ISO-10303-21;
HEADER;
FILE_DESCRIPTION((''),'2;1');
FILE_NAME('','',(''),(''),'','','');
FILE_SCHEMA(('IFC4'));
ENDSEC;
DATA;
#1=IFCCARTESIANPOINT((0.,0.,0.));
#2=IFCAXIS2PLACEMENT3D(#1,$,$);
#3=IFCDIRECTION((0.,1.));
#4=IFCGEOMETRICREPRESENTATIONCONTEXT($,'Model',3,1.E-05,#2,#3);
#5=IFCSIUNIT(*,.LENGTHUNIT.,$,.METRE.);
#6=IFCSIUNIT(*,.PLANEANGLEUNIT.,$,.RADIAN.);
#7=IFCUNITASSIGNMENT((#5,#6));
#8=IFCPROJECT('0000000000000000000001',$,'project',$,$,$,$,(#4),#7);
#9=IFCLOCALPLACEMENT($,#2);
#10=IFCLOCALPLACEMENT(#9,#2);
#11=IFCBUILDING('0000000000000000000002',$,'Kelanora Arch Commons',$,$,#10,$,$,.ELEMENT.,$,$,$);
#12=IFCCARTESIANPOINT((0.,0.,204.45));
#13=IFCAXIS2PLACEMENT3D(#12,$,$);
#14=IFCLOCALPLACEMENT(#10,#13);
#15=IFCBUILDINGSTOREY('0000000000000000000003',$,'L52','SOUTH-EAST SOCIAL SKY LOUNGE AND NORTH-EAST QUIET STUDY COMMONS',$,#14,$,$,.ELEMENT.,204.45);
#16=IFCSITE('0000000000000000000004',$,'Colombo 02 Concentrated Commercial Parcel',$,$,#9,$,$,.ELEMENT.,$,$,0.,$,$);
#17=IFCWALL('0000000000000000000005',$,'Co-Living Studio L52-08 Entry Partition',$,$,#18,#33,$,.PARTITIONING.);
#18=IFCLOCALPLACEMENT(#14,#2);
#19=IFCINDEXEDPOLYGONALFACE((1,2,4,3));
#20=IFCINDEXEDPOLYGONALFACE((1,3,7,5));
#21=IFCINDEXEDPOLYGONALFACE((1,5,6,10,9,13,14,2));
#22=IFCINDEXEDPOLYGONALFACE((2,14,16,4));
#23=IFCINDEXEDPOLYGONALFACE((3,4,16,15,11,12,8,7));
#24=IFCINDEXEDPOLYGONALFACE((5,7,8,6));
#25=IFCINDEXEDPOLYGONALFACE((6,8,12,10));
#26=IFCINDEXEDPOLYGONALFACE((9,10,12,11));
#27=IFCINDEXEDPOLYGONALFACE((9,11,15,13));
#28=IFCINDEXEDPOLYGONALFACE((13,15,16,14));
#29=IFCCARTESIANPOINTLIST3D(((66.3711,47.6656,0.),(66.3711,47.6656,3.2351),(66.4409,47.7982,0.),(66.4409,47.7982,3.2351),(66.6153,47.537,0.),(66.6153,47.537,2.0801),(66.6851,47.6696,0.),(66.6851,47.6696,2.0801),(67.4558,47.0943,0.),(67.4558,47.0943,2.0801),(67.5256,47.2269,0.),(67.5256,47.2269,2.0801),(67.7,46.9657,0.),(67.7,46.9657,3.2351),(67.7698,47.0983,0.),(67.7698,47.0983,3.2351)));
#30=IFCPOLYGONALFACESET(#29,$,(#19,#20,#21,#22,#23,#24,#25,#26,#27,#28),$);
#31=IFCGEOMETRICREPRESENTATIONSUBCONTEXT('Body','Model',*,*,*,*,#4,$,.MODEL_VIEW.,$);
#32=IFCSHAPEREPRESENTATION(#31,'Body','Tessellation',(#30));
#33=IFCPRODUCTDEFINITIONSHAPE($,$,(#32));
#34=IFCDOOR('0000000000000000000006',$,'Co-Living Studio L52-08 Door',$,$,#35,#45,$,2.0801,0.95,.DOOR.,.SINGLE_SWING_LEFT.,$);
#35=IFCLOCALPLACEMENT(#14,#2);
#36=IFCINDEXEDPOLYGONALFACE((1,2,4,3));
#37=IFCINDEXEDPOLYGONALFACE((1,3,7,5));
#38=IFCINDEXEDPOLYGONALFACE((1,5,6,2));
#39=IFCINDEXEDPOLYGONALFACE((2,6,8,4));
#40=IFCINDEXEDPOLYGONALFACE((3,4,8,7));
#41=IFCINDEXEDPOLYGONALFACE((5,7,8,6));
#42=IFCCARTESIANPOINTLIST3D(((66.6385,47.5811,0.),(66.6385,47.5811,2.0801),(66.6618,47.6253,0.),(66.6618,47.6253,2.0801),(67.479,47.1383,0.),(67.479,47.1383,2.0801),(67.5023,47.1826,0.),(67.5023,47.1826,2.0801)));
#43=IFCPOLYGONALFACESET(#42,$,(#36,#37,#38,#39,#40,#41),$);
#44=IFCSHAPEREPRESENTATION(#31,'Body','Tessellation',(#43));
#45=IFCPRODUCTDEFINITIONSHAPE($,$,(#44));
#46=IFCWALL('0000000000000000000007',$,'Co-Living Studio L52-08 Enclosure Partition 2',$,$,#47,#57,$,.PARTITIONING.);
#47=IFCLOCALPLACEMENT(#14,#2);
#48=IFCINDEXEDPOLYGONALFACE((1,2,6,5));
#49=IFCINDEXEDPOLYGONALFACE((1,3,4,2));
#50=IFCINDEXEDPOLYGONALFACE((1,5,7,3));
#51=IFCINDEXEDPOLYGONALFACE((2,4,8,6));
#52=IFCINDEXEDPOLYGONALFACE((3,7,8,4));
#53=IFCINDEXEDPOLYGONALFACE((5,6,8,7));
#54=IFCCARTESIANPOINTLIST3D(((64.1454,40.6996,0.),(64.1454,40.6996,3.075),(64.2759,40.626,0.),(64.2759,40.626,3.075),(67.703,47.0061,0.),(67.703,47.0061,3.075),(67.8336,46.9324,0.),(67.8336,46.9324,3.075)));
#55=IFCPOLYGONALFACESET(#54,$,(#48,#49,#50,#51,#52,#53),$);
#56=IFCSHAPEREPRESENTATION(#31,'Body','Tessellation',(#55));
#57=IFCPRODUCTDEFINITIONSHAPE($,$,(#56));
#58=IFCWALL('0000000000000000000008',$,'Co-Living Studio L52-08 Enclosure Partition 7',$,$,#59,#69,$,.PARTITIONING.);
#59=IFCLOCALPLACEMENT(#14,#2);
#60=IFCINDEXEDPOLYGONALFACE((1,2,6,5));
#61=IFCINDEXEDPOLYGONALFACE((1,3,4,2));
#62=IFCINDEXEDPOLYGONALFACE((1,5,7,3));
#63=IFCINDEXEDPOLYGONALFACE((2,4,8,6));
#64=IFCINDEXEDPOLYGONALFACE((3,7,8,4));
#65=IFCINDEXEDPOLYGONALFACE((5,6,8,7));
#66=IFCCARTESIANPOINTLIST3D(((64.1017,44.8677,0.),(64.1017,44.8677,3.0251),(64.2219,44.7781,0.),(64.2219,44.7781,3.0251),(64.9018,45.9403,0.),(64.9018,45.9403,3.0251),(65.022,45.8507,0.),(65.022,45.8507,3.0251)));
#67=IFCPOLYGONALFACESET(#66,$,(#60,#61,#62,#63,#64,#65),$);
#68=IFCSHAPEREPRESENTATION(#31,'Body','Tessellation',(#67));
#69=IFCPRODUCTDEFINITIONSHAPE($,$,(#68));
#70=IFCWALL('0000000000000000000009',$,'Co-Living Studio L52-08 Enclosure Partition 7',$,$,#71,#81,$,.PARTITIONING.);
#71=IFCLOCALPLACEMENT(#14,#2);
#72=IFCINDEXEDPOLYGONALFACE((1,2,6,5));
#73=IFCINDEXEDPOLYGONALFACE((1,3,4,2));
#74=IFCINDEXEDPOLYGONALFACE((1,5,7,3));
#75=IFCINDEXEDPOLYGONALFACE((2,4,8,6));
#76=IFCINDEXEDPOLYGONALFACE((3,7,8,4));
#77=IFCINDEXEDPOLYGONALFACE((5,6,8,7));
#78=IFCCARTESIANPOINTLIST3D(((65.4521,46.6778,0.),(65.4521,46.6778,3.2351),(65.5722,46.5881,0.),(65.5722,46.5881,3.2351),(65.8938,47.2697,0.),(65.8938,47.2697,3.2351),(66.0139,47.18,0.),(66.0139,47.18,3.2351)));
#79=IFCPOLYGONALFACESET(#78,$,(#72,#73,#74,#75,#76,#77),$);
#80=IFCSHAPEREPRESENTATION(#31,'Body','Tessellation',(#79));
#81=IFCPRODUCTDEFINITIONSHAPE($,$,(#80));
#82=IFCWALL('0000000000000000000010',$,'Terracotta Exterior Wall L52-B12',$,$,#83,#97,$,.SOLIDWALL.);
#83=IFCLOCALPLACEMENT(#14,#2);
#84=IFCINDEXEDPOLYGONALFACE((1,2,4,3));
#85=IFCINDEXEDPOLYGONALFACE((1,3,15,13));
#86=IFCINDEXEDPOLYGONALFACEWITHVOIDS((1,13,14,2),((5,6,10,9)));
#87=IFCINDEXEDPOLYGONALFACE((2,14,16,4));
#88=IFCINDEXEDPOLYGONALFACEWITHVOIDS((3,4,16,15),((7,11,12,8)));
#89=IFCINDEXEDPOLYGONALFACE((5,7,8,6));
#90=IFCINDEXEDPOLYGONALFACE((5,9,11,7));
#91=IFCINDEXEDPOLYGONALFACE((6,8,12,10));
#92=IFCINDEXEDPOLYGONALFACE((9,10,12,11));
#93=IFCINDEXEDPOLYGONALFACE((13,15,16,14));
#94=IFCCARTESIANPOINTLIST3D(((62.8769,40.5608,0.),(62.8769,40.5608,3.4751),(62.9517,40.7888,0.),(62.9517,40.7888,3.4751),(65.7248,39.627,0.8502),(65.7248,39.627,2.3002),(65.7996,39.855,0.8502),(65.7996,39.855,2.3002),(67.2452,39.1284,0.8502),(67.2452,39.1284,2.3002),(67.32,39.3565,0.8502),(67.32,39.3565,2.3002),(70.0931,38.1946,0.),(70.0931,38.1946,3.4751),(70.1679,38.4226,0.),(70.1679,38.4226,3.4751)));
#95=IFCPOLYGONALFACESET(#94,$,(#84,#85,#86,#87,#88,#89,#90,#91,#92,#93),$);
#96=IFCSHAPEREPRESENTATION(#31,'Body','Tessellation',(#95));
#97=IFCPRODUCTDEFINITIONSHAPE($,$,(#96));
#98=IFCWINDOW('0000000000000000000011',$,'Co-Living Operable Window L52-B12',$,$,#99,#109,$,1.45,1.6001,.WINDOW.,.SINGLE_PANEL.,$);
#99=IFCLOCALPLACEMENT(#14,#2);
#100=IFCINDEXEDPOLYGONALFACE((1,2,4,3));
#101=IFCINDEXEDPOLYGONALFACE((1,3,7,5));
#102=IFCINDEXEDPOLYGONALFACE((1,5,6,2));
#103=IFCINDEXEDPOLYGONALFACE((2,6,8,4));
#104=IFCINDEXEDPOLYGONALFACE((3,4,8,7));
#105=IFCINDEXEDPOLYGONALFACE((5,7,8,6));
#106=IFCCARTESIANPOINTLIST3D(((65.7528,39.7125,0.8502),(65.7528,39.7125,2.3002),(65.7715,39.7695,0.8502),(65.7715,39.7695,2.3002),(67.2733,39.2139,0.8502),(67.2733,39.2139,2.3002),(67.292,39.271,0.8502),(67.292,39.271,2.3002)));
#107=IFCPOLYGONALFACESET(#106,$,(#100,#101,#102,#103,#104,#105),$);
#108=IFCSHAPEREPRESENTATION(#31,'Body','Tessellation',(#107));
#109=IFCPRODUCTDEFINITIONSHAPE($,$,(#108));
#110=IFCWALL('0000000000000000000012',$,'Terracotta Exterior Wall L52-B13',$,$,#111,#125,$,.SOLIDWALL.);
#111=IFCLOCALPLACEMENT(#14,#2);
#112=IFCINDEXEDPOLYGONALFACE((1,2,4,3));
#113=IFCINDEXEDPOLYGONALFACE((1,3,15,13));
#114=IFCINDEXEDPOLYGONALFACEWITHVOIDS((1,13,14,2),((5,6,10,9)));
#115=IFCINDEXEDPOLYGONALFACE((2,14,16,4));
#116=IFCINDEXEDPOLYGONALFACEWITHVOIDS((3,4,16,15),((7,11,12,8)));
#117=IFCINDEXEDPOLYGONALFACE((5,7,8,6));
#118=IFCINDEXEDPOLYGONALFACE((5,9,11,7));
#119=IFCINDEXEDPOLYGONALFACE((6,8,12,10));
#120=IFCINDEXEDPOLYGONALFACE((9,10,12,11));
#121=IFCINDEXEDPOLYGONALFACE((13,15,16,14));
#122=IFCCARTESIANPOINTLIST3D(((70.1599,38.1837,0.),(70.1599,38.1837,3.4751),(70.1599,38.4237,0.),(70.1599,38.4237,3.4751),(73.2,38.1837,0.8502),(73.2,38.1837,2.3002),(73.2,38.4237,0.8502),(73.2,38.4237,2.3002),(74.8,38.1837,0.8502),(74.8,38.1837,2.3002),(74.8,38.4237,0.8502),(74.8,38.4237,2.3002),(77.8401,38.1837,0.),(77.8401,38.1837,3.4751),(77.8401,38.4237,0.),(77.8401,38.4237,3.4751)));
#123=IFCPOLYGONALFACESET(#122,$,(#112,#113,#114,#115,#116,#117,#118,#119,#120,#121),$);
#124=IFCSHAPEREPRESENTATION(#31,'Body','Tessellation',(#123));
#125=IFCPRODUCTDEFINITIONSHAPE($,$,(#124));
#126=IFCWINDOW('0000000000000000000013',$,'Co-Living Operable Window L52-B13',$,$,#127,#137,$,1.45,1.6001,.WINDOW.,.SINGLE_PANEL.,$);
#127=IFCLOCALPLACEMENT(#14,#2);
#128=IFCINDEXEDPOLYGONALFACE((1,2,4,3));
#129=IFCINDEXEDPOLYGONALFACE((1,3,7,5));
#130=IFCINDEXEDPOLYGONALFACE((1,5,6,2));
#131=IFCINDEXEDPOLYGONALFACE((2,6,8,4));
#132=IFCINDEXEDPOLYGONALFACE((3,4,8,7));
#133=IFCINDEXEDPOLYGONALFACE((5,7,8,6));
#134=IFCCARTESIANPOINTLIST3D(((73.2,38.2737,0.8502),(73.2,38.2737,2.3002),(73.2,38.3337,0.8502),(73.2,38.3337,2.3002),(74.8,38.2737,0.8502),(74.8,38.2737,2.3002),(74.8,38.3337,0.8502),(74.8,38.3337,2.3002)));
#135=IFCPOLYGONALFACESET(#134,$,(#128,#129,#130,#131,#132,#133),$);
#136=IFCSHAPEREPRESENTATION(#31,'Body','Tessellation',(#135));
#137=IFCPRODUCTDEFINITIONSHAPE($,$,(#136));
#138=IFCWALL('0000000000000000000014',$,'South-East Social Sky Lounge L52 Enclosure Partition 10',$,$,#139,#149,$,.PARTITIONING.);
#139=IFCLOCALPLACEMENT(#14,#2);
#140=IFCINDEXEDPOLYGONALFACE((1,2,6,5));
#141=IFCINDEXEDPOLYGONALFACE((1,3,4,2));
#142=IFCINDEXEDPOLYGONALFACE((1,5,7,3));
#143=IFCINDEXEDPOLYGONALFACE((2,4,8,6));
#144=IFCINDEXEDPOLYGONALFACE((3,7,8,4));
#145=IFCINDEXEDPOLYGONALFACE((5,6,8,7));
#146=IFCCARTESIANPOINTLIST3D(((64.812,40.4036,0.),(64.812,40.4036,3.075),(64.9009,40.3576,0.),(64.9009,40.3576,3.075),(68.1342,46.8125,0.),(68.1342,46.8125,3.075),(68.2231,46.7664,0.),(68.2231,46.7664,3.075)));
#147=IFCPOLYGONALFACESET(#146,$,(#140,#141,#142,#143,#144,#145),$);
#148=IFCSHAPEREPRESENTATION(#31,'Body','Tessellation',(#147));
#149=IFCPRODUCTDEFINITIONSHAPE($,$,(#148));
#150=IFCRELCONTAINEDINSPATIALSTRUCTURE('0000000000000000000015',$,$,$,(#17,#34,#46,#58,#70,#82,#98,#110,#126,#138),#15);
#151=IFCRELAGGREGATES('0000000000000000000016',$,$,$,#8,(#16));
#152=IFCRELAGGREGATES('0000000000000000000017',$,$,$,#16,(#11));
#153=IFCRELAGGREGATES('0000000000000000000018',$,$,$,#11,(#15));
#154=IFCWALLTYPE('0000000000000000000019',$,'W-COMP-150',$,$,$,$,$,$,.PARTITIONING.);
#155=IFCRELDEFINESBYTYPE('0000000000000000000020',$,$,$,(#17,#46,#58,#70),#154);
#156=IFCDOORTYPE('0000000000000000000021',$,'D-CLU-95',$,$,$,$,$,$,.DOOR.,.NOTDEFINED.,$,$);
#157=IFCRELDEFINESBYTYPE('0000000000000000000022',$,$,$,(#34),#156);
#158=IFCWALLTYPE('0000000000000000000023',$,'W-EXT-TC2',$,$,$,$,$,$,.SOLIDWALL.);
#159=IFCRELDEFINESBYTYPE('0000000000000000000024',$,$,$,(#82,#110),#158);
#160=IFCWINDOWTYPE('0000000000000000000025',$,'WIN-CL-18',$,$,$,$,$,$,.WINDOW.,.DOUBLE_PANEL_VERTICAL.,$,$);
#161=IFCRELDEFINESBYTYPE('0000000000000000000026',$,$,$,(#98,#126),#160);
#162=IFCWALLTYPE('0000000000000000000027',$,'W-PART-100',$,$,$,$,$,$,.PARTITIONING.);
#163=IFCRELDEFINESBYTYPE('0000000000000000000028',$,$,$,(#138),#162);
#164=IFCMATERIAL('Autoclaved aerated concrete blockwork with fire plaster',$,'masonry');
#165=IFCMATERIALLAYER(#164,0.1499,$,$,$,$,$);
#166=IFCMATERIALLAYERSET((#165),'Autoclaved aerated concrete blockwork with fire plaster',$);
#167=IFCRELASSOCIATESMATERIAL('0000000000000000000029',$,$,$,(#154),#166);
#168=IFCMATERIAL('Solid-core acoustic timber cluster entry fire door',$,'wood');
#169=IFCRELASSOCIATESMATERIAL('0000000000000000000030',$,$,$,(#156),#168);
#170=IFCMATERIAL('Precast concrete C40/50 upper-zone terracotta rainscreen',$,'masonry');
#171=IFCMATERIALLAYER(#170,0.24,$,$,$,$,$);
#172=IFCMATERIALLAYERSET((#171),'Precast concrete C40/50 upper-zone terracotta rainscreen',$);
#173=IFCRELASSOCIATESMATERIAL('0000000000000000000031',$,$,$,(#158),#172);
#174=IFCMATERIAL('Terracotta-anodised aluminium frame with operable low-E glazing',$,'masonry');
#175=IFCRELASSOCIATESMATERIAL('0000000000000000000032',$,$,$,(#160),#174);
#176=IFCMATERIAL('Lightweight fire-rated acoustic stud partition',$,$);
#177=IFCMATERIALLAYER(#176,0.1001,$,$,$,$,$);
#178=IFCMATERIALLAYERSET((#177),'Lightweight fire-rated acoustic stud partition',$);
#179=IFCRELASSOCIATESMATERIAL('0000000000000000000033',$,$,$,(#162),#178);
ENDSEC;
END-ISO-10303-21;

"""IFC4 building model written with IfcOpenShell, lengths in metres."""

from ifc_helpers import new_model, si_unit, direction, frame, frame_2d, origin, place, context, subcontext, project, spatial, rectangle, extrude, material, layer, layer_set, type_object, element, fill, save


model = new_model("IFC4")

# Units and contexts
model_context = context("Model", 3, precision=1e-05, world=origin(), true_north=direction((0.0, 1.0)))
body_context = subcontext(model_context, "Body", "Model", "MODEL_VIEW")
ifc_project = project(units=[si_unit("LENGTHUNIT", "METRE"), si_unit("PLANEANGLEUNIT", "RADIAN")], contexts=[model_context])

# Site, building, storey
site_placement = place(None, origin())
site = spatial("IfcSite", under=ifc_project, at=site_placement, Name="Colombo 02 Concentrated Commercial Parcel", CompositionType="ELEMENT", RefElevation=0.0)
building_placement = place(site_placement, origin())
building = spatial("IfcBuilding", under=site, at=building_placement, Name="Kelanora Arch Commons", CompositionType="ELEMENT")
storey_placement = place(building_placement, frame((0.0, 0.0, 204.45)))
storey = spatial("IfcBuildingStorey", under=building, at=storey_placement, Name="L52", Description="SOUTH-EAST SOCIAL SKY LOUNGE AND NORTH-EAST QUIET STUDY COMMONS", CompositionType="ELEMENT", Elevation=204.45)

# Wall, opening, door
ifc_material_1 = material(Name="Autoclaved aerated concrete blockwork with fire plaster", Category="masonry")
ifc_layer_1 = layer(ifc_material_1, 0.1499)
ifc_layer_set_1 = layer_set([ifc_layer_1], Name="Autoclaved aerated concrete blockwork with fire plaster")
wall_type_1 = type_object("IfcWallType", Name="W-COMP-150", PredefinedType="PARTITIONING", material=ifc_layer_set_1)
wall_1_placement = place(storey_placement, frame((66.406, 47.7319, 0.0), z_axis=(0.0, 0.0, 1.0), x_axis=(0.884767, -0.466034, 0.0)))
wall_1 = element("IfcWall", 1, at=wall_1_placement, inside=storey, type_object=wall_type_1, Name="Co-Living Studio L52-08 Entry Partition", PredefinedType="PARTITIONING", context=body_context, shape_type="SweptSolid", body=[
    extrude(rectangle(XDim=1.502, YDim=0.1499, at=frame_2d((0.751, 0.0))), origin(), (0.0, 0.0, 1.0), 3.2351),
])
opening_1_placement = place(wall_1_placement, frame((0.2759, 0.0, 0.0)))
opening_1 = element("IfcOpeningElement", 2, at=opening_1_placement, cuts=wall_1, PredefinedType="OPENING", context=body_context, shape_type="SweptSolid", body=[
    extrude(rectangle(XDim=0.95, YDim=2.0801, at=frame_2d((0.4751, 1.04))), frame((0.0, 0.085, 0.0), z_axis=(0.0, -1.0, 0.0), x_axis=(1.0, 0.0, 0.0)), (0.0, 0.0, 1.0), 0.1699),
])
ifc_material_2 = material(Name="Solid-core acoustic timber cluster entry fire door", Category="wood")
door_type_1 = type_object("IfcDoorType", Name="D-CLU-95", OperationType="NOTDEFINED", PredefinedType="DOOR", material=ifc_material_2)
door_1_placement = place(opening_1_placement, origin())
door_1 = element("IfcDoor", 3, at=door_1_placement, inside=storey, type_object=door_type_1, Name="Co-Living Studio L52-08 Door", OperationType="SINGLE_SWING_LEFT", OverallHeight=2.0801, OverallWidth=0.95, PredefinedType="DOOR", context=body_context, shape_type="SweptSolid", body=[
    extrude(rectangle(XDim=0.95, YDim=2.0801, at=frame_2d((0.4751, 1.04))), frame((0.0, 0.0249, 0.0), z_axis=(0.0, -1.0, 0.0), x_axis=(1.0, 0.0, 0.0)), (0.0, 0.0, 1.0), 0.05),
])
fill(opening_1, door_1)

# Walls
wall_2_placement = place(storey_placement, frame((67.7683, 46.9692, 0.0), z_axis=(0.0, 0.0, 1.0), x_axis=(-0.491338, -0.870969, 0.0)))
element("IfcWall", 4, at=wall_2_placement, inside=storey, type_object=wall_type_1, Name="Co-Living Studio L52-08 Enclosure Partition 2", PredefinedType="PARTITIONING", context=body_context, shape_type="SweptSolid", body=[
    extrude(rectangle(XDim=7.2407, YDim=0.1499, at=frame_2d((3.6204, 0.0))), origin(), (0.0, 0.0, 1.0), 3.075),
])
wall_3_placement = place(storey_placement, frame((64.1619, 44.823, 0.0), z_axis=(0.0, 0.0, 1.0), x_axis=(0.597925, 0.801552, 0.0)))
element("IfcWall", 5, at=wall_3_placement, inside=storey, type_object=wall_type_1, Name="Co-Living Studio L52-08 Enclosure Partition 7", PredefinedType="PARTITIONING", context=body_context, shape_type="SweptSolid", body=[
    extrude(rectangle(XDim=1.3381, YDim=0.1499, at=frame_2d((0.6689, 0.0))), origin(), (0.0, 0.0, 1.0), 3.0251),
])
wall_4_placement = place(storey_placement, frame((65.5122, 46.6331, 0.0), z_axis=(0.0, 0.0, 1.0), x_axis=(0.598094, 0.801426, 0.0)))
element("IfcWall", 6, at=wall_4_placement, inside=storey, type_object=wall_type_1, Name="Co-Living Studio L52-08 Enclosure Partition 7", PredefinedType="PARTITIONING", context=body_context, shape_type="SweptSolid", body=[
    extrude(rectangle(XDim=0.7385, YDim=0.1499, at=frame_2d((0.3691, 0.0))), origin(), (0.0, 0.0, 1.0), 3.2351),
])

# Walls, openings, windows
ifc_material_3 = material(Name="Precast concrete C40/50 upper-zone terracotta rainscreen", Category="masonry")
ifc_layer_2 = layer(ifc_material_3, 0.24)
ifc_layer_set_2 = layer_set([ifc_layer_2], Name="Precast concrete C40/50 upper-zone terracotta rainscreen")
wall_type_2 = type_object("IfcWallType", Name="W-EXT-TC2", PredefinedType="SOLIDWALL", material=ifc_layer_set_2)
wall_5_placement = place(storey_placement, frame((62.9143, 40.6748, 0.0), z_axis=(0.0, 0.0, 1.0), x_axis=(0.950221, -0.311575, 0.0)))
wall_5 = element("IfcWall", 7, at=wall_5_placement, inside=storey, type_object=wall_type_2, Name="Terracotta Exterior Wall L52-B12", PredefinedType="SOLIDWALL", context=body_context, shape_type="SweptSolid", body=[
    extrude(rectangle(XDim=7.5942, YDim=0.24, at=frame_2d((3.7971, 0.0))), origin(), (0.0, 0.0, 1.0), 3.4751),
])
opening_2_placement = place(wall_5_placement, frame((2.9971, 0.0, 0.8501)))
opening_2 = element("IfcOpeningElement", 8, at=opening_2_placement, cuts=wall_5, PredefinedType="OPENING", context=body_context, shape_type="SweptSolid", body=[
    extrude(rectangle(XDim=1.6001, YDim=1.45, at=frame_2d((0.8, 0.7251))), frame((0.0, 0.1299, 0.0), z_axis=(0.0, -1.0, 0.0), x_axis=(1.0, 0.0, 0.0)), (0.0, 0.0, 1.0), 0.26),
])
ifc_material_4 = material(Name="Terracotta-anodised aluminium frame with operable low-E glazing", Category="masonry")
window_type = type_object("IfcWindowType", Name="WIN-CL-18", PartitioningType="DOUBLE_PANEL_VERTICAL", PredefinedType="WINDOW", material=ifc_material_4)
window_1_placement = place(opening_2_placement, origin())
window_1 = element("IfcWindow", 9, at=window_1_placement, inside=storey, type_object=window_type, Name="Co-Living Operable Window L52-B12", OverallHeight=1.45, OverallWidth=1.6001, PartitioningType="SINGLE_PANEL", PredefinedType="WINDOW", context=body_context, shape_type="SweptSolid", body=[
    extrude(rectangle(XDim=1.6001, YDim=1.45, at=frame_2d((0.8, 0.7251))), frame((0.0, 0.03, 0.0), z_axis=(0.0, -1.0, 0.0), x_axis=(1.0, 0.0, 0.0)), (0.0, 0.0, 1.0), 0.0601),
])
fill(opening_2, window_1)
wall_6_placement = place(storey_placement, frame((70.1599, 38.3037, 0.0), z_axis=(0.0, 0.0, 1.0), x_axis=(1.0, 0.0, 0.0)))
wall_6 = element("IfcWall", 10, at=wall_6_placement, inside=storey, type_object=wall_type_2, Name="Terracotta Exterior Wall L52-B13", PredefinedType="SOLIDWALL", context=body_context, shape_type="SweptSolid", body=[
    extrude(rectangle(XDim=7.6802, YDim=0.24, at=frame_2d((3.8401, 0.0))), origin(), (0.0, 0.0, 1.0), 3.4751),
])
opening_3_placement = place(wall_6_placement, frame((3.04, 0.0, 0.8501)))
opening_3 = element("IfcOpeningElement", 11, at=opening_3_placement, cuts=wall_6, PredefinedType="OPENING", context=body_context, shape_type="SweptSolid", body=[
    extrude(rectangle(XDim=1.6001, YDim=1.45, at=frame_2d((0.8, 0.7251))), frame((0.0, 0.1299, 0.0), z_axis=(0.0, -1.0, 0.0), x_axis=(1.0, 0.0, 0.0)), (0.0, 0.0, 1.0), 0.26),
])
window_2_placement = place(opening_3_placement, origin())
window_2 = element("IfcWindow", 12, at=window_2_placement, inside=storey, type_object=window_type, Name="Co-Living Operable Window L52-B13", OverallHeight=1.45, OverallWidth=1.6001, PartitioningType="SINGLE_PANEL", PredefinedType="WINDOW", context=body_context, shape_type="SweptSolid", body=[
    extrude(rectangle(XDim=1.6001, YDim=1.45, at=frame_2d((0.8, 0.7251))), frame((0.0, 0.03, 0.0), z_axis=(0.0, -1.0, 0.0), x_axis=(1.0, 0.0, 0.0)), (0.0, 0.0, 1.0), 0.0601),
])
fill(opening_3, window_2)

# Wall
ifc_material_5 = material(Name="Lightweight fire-rated acoustic stud partition")
ifc_layer_3 = layer(ifc_material_5, 0.1001)
ifc_layer_set_3 = layer_set([ifc_layer_3], Name="Lightweight fire-rated acoustic stud partition")
wall_type_3 = type_object("IfcWallType", Name="W-PART-100", PredefinedType="PARTITIONING", material=ifc_layer_set_3)
wall_7_placement = place(storey_placement, frame((64.8564, 40.3806, 0.0), z_axis=(0.0, 0.0, 1.0), x_axis=(0.46022, 0.887805, 0.0)))
element("IfcWall", 13, at=wall_7_placement, inside=storey, type_object=wall_type_3, Name="South-East Social Sky Lounge L52 Enclosure Partition 10", PredefinedType="PARTITIONING", context=body_context, shape_type="SweptSolid", body=[
    extrude(rectangle(XDim=7.2188, YDim=0.1001, at=frame_2d((3.6094, 0.0))), origin(), (0.0, 0.0, 1.0), 3.075),
])

save(model, "model.ifc")
